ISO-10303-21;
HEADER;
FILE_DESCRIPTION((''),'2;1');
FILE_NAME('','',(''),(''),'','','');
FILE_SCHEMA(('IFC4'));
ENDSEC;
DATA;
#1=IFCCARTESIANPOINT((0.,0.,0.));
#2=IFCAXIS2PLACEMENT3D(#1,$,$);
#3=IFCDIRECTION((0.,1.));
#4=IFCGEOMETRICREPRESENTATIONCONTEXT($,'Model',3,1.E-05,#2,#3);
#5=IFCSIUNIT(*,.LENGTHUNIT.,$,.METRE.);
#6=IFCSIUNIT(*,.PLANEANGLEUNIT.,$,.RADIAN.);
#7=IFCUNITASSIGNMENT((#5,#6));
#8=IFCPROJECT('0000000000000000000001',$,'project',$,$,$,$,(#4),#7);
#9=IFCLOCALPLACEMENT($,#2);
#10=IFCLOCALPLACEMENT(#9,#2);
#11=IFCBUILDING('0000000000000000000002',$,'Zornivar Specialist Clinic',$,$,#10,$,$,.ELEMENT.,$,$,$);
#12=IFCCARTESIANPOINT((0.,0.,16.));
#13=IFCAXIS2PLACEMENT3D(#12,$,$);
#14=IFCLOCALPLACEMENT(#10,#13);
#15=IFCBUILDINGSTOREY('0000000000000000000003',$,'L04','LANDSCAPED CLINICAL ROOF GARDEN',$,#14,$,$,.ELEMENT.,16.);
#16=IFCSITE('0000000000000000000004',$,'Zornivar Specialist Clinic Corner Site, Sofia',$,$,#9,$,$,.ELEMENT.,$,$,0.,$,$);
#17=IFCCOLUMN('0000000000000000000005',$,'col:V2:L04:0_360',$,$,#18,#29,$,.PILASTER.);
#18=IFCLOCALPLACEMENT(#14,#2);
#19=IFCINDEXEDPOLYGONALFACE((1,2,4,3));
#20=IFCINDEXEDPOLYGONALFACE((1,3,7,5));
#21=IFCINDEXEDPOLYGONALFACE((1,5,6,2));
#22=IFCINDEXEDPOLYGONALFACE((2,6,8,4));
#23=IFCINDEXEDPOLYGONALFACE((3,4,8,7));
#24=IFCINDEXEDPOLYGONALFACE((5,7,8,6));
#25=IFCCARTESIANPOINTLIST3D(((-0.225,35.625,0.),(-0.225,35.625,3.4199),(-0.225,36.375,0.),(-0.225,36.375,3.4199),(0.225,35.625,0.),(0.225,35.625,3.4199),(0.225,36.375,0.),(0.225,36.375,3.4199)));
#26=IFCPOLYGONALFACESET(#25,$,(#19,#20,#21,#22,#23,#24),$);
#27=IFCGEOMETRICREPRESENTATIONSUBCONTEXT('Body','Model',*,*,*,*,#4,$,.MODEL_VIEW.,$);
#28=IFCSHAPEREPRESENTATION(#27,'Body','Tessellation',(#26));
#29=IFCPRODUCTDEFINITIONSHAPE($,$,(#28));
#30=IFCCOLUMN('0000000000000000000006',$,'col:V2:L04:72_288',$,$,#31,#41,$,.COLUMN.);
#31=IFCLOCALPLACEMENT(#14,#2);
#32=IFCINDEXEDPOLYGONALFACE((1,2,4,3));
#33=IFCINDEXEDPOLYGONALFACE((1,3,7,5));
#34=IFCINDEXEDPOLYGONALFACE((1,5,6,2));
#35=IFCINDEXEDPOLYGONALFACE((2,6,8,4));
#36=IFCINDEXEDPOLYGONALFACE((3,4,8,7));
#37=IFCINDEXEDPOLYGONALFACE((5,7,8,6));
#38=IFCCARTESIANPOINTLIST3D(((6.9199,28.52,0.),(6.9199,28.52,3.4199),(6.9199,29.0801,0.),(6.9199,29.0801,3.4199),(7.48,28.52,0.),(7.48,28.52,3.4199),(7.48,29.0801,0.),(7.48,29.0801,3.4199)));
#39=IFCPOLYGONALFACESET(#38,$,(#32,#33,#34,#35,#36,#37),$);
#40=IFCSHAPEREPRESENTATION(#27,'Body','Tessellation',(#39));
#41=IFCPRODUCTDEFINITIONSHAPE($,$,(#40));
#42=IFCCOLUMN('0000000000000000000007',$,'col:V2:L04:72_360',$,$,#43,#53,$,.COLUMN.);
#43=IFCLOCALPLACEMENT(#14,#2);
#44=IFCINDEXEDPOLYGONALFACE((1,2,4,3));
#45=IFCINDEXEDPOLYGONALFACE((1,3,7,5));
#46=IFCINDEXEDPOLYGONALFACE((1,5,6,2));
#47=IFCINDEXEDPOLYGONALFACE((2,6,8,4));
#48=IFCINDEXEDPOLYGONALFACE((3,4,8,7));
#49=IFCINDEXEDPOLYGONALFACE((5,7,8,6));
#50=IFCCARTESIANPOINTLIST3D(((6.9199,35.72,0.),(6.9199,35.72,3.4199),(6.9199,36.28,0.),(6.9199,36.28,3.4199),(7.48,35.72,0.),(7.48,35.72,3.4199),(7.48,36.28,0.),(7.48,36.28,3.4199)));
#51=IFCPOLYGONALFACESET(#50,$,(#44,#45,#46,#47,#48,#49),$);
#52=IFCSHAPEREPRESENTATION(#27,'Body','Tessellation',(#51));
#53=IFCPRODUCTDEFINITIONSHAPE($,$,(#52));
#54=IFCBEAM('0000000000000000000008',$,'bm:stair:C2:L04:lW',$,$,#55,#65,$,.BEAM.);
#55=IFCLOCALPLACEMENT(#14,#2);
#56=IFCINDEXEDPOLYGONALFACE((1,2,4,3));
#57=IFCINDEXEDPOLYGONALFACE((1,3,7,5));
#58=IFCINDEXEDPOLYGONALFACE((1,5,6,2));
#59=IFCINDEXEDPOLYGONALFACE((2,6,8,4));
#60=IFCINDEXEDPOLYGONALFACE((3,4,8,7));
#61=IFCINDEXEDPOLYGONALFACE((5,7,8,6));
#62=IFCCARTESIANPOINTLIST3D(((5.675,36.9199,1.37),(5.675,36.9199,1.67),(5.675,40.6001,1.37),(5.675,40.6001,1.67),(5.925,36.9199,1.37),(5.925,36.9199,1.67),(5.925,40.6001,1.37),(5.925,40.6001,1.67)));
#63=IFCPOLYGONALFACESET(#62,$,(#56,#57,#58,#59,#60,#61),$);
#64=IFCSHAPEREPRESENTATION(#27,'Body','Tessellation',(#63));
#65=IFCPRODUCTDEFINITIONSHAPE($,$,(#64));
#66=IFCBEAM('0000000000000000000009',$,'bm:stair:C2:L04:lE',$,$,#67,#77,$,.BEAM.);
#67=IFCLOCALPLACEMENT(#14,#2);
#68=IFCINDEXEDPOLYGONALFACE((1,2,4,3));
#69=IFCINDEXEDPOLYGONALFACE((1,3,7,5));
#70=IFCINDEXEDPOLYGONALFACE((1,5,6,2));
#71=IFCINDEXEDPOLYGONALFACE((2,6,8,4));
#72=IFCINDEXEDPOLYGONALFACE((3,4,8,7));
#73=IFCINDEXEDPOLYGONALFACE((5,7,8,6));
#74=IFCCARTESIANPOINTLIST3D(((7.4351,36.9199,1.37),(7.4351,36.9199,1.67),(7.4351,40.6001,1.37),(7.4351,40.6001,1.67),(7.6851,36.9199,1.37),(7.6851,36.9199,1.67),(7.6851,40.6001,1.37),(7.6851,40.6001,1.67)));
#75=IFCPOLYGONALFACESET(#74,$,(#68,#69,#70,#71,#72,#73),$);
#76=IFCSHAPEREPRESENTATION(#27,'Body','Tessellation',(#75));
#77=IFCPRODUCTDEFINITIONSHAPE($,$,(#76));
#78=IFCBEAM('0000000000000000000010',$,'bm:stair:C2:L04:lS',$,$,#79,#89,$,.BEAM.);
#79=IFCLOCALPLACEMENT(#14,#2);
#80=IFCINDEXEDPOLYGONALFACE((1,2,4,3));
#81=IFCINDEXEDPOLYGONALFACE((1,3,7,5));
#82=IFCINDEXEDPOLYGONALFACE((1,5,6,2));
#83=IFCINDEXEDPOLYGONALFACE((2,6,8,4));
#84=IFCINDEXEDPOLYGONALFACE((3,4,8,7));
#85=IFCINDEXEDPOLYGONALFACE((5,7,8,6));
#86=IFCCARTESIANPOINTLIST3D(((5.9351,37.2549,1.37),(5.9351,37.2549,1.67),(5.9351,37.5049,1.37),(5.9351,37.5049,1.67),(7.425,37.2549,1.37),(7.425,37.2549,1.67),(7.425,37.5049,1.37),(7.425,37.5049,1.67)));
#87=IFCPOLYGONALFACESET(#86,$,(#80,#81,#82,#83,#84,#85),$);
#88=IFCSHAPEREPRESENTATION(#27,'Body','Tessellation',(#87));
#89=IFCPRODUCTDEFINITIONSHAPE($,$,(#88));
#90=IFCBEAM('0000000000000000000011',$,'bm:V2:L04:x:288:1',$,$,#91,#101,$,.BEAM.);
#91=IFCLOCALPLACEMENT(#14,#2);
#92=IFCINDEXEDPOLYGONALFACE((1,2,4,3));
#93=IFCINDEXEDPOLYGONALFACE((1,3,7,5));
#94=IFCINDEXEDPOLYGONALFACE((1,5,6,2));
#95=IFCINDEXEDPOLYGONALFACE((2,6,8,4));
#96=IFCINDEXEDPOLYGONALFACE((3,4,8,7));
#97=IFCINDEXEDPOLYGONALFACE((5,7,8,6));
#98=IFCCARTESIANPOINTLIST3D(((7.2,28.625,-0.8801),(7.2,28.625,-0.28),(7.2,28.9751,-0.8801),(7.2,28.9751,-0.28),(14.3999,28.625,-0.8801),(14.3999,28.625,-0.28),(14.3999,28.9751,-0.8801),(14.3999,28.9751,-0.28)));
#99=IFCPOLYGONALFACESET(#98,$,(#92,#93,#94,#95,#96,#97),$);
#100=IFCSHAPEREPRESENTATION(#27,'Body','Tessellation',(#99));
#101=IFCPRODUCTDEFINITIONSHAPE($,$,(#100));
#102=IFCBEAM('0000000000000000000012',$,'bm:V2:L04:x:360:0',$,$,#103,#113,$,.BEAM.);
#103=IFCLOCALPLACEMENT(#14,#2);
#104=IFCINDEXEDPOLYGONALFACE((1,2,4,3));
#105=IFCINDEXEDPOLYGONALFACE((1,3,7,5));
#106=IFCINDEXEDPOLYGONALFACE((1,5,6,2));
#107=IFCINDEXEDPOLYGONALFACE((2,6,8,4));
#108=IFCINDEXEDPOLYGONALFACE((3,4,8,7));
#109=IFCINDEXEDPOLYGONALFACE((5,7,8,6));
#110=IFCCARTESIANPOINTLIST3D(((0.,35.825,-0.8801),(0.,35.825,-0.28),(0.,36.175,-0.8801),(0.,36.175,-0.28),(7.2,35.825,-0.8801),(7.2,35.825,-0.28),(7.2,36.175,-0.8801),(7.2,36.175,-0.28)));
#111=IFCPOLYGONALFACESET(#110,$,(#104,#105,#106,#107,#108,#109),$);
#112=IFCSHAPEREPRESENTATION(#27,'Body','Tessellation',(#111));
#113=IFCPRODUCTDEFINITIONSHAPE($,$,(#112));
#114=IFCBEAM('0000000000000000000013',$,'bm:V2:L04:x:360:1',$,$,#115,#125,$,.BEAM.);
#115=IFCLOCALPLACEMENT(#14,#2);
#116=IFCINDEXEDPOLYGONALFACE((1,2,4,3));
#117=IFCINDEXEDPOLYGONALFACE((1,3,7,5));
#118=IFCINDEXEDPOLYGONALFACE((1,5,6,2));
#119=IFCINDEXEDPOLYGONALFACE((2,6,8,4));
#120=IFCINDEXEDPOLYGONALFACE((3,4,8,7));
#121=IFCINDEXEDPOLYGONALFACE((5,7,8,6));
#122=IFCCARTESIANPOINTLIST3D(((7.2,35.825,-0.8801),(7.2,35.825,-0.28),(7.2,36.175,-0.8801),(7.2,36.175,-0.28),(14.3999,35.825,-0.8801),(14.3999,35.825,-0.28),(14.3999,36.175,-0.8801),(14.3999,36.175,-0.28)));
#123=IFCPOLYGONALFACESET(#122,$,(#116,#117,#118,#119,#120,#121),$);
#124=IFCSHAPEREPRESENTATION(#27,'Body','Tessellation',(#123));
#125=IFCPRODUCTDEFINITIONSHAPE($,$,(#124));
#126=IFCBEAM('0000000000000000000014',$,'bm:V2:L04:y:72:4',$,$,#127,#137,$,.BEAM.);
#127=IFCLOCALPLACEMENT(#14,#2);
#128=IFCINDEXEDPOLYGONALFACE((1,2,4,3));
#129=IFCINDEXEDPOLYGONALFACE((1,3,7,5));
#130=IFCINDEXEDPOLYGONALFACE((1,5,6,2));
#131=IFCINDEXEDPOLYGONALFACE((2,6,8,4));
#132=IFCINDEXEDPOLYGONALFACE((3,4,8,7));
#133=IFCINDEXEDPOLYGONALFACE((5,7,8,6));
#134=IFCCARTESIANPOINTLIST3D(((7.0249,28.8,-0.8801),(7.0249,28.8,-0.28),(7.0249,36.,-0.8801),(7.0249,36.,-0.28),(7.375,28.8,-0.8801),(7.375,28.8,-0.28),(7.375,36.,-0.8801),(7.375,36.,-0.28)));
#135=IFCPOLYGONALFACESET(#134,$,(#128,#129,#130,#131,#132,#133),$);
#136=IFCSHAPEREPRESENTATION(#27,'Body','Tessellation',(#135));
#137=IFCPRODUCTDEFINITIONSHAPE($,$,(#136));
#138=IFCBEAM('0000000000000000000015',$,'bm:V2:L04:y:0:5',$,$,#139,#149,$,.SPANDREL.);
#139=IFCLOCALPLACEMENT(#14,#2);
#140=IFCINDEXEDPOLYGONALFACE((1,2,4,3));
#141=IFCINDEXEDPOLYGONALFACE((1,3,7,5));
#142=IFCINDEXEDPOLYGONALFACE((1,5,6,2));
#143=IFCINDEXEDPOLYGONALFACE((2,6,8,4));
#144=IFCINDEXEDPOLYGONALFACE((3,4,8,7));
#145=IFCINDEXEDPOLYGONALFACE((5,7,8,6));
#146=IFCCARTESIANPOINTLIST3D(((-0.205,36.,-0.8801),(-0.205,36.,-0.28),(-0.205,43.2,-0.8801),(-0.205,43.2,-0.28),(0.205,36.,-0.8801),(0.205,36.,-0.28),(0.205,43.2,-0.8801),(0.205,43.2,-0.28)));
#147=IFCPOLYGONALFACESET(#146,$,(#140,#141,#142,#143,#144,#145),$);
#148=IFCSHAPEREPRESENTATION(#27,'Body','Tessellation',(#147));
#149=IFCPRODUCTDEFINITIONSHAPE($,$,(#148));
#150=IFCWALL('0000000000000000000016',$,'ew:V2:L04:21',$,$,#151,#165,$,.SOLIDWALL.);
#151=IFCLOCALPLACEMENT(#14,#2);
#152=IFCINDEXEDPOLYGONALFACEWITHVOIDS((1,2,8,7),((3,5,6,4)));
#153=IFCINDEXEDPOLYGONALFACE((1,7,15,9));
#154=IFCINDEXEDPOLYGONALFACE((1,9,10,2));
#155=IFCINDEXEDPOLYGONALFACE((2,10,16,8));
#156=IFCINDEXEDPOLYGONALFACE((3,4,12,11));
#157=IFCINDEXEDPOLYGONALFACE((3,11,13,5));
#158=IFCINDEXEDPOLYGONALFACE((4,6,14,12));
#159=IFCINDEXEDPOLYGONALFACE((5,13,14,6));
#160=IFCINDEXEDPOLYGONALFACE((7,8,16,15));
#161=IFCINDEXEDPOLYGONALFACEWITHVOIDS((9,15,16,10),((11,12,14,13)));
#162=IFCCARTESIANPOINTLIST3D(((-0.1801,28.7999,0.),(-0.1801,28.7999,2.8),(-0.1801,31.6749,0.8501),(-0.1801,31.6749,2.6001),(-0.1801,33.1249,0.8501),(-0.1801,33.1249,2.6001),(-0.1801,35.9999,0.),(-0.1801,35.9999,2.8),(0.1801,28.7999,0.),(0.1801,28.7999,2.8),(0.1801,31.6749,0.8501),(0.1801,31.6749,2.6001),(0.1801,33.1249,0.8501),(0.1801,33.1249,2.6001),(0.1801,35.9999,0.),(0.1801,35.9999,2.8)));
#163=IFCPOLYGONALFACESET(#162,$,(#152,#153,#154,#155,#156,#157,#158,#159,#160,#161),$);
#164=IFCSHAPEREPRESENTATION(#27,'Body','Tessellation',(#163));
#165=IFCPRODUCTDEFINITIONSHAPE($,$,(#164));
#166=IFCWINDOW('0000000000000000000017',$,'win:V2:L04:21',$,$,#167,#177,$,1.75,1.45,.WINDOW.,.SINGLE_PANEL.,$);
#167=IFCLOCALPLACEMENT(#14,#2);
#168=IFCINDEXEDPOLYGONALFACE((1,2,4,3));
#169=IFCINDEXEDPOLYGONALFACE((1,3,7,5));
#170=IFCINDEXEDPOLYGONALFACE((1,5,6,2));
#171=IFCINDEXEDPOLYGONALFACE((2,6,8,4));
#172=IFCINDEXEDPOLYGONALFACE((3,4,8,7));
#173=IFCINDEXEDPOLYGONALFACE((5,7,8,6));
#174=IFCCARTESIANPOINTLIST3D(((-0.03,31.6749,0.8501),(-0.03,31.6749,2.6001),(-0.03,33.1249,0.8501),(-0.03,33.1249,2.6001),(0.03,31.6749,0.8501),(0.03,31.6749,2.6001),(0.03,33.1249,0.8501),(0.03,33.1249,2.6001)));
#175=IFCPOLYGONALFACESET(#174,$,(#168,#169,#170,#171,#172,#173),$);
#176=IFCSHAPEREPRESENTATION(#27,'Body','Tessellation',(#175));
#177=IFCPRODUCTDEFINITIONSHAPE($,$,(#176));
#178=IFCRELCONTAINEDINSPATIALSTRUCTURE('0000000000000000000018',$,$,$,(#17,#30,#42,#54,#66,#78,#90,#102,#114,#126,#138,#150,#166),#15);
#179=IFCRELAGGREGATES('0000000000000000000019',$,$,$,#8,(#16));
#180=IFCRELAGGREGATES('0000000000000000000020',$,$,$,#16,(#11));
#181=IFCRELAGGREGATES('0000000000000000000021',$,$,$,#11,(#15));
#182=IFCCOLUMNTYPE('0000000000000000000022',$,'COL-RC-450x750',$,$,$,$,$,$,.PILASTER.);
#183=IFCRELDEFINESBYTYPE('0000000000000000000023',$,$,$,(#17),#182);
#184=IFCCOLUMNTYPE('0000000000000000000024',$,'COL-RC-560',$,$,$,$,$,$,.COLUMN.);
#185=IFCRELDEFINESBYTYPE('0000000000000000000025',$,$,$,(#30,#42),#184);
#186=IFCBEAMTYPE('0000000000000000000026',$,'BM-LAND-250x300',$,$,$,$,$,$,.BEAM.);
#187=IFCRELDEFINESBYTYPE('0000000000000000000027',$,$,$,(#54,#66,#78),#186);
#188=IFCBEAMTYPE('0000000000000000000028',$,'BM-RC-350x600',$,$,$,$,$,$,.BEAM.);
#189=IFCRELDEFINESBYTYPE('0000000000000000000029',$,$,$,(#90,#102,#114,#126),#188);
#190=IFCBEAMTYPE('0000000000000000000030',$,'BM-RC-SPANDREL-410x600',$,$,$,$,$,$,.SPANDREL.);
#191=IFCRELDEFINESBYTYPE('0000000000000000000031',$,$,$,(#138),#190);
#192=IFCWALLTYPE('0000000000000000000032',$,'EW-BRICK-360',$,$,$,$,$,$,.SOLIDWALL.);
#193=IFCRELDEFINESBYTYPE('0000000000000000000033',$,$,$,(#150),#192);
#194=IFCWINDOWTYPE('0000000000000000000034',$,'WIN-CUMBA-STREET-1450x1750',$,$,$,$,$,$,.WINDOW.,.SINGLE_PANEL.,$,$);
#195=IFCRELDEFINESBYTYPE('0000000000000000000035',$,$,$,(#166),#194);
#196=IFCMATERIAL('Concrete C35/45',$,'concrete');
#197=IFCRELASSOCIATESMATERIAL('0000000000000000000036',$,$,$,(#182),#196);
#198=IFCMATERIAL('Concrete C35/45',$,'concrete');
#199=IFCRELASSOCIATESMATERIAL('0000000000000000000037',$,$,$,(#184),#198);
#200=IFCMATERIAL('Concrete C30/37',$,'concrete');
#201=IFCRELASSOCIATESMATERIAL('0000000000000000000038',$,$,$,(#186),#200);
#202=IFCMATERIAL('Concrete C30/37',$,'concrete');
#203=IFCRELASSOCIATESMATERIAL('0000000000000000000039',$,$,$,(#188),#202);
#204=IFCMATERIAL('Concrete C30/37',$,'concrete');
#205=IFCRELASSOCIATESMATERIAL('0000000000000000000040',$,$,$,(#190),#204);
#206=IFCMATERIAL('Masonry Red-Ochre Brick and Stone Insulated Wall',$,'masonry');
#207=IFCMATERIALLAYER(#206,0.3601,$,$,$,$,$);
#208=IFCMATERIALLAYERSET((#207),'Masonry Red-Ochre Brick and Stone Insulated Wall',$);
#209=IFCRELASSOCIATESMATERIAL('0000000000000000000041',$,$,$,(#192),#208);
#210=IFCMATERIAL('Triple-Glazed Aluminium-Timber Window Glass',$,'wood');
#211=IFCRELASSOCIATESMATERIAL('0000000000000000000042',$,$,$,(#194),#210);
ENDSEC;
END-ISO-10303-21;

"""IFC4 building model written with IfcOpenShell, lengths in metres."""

from ifc_helpers import new_model, si_unit, direction, frame, frame_2d, origin, origin_2d, place, context, subcontext, project, spatial, rectangle, extrude, material, layer, layer_set, material_profile, profile_set, type_object, element, fill, save


model = new_model("IFC4")

# Units and contexts
model_context = context("Model", 3, precision=1e-05, world=origin(), true_north=direction((0.0, 1.0)))
body_context = subcontext(model_context, "Body", "Model", "MODEL_VIEW")
ifc_project = project(units=[si_unit("LENGTHUNIT", "METRE"), si_unit("PLANEANGLEUNIT", "RADIAN")], contexts=[model_context])

# Site, building, storey
site_placement = place(None, origin())
site = spatial("IfcSite", under=ifc_project, at=site_placement, Name="Zornivar Specialist Clinic Corner Site, Sofia", CompositionType="ELEMENT", RefElevation=0.0)
building_placement = place(site_placement, origin())
building = spatial("IfcBuilding", under=site, at=building_placement, Name="Zornivar Specialist Clinic", CompositionType="ELEMENT")
storey_placement = place(building_placement, frame((0.0, 0.0, 16.0)))
storey = spatial("IfcBuildingStorey", under=building, at=storey_placement, Name="L04", Description="LANDSCAPED CLINICAL ROOF GARDEN", CompositionType="ELEMENT", Elevation=16.0)

# Columns
ifc_material_1 = material(Name="Concrete C35/45", Category="concrete")
ifc_material_profile_1 = material_profile(ifc_material_1, rectangle(XDim=0.45, YDim=0.75, at=origin_2d()), Name="RC 450x750")
ifc_profile_set_1 = profile_set([ifc_material_profile_1], Name="Concrete C35/45")
column_type_1 = type_object("IfcColumnType", Name="COL-RC-450x750", PredefinedType="PILASTER", material=ifc_profile_set_1)
column_placement = place(storey_placement, frame((0.0, 36.0, 0.0), z_axis=(0.0, 0.0, 1.0), x_axis=(1.0, 0.0, 0.0)))
element("IfcColumn", 1, at=column_placement, inside=storey, type_object=column_type_1, Name="col:V2:L04:0_360", PredefinedType="PILASTER", context=body_context, shape_type="SweptSolid", body=[
    extrude(rectangle(XDim=0.45, YDim=0.75, at=origin_2d()), origin(), (0.0, 0.0, 1.0), 3.4199),
])
ifc_material_2 = material(Name="Concrete C35/45", Category="concrete")
ifc_material_profile_2 = material_profile(ifc_material_2, rectangle(XDim=0.5601, YDim=0.5601, at=origin_2d()), Name="RC 560x560")
ifc_profile_set_2 = profile_set([ifc_material_profile_2], Name="Concrete C35/45")
column_type_2 = type_object("IfcColumnType", Name="COL-RC-560", PredefinedType="COLUMN", material=ifc_profile_set_2)
for number, where, z_axis, x_axis, name in (
    (2, (7.2, 28.8, 0.0), (0.0, 0.0, 1.0), (1.0, 0.0, 0.0), "col:V2:L04:72_288"),
    (3, (7.2, 36.0, 0.0), (0.0, 0.0, 1.0), (1.0, 0.0, 0.0), "col:V2:L04:72_360"),
):
    element("IfcColumn", number, at=place(storey_placement, frame(where, z_axis=z_axis, x_axis=x_axis)), inside=storey, type_object=column_type_2, Name=name, PredefinedType="COLUMN", context=body_context, shape_type="SweptSolid", body=[
        extrude(rectangle(XDim=0.5601, YDim=0.5601, at=origin_2d()), origin(), (0.0, 0.0, 1.0), 3.4199),
    ])

# Beams
ifc_material_3 = material(Name="Concrete C30/37", Category="concrete")
ifc_material_profile_3 = material_profile(ifc_material_3, rectangle(XDim=0.25, YDim=0.3, at=origin_2d()), Name="RC 250x300")
ifc_profile_set_3 = profile_set([ifc_material_profile_3], Name="Concrete C30/37")
beam_type_1 = type_object("IfcBeamType", Name="BM-LAND-250x300", PredefinedType="BEAM", material=ifc_profile_set_3)
for number, where, z_axis, x_axis, name in (
    (4, (5.8, 36.9199, 1.52), (0.0, 1.0, 0.0), (-1.0, 0.0, 0.0), "bm:stair:C2:L04:lW"),
    (5, (7.5601, 36.9199, 1.52), (0.0, 1.0, 0.0), (-1.0, 0.0, 0.0), "bm:stair:C2:L04:lE"),
):
    element("IfcBeam", number, at=place(storey_placement, frame(where, z_axis=z_axis, x_axis=x_axis)), inside=storey, type_object=beam_type_1, Name=name, PredefinedType="BEAM", context=body_context, shape_type="SweptSolid", body=[
        extrude(rectangle(XDim=0.25, YDim=0.3, at=origin_2d()), origin(), (0.0, 0.0, 1.0), 3.6802),
    ])
beam_1_placement = place(storey_placement, frame((5.9351, 37.3799, 1.52), z_axis=(1.0, 0.0, 0.0), x_axis=(0.0, 1.0, 0.0)))
element("IfcBeam", 6, at=beam_1_placement, inside=storey, type_object=beam_type_1, Name="bm:stair:C2:L04:lS", PredefinedType="BEAM", context=body_context, shape_type="SweptSolid", body=[
    extrude(rectangle(XDim=0.25, YDim=0.3, at=origin_2d()), origin(), (0.0, 0.0, 1.0), 1.49),
])
ifc_material_4 = material(Name="Concrete C30/37", Category="concrete")
ifc_material_profile_4 = material_profile(ifc_material_4, rectangle(XDim=0.3501, YDim=0.6001, at=origin_2d()), Name="RC 350x600")
ifc_profile_set_4 = profile_set([ifc_material_profile_4], Name="Concrete C30/37")
beam_type_2 = type_object("IfcBeamType", Name="BM-RC-350x600", PredefinedType="BEAM", material=ifc_profile_set_4)
for number, where, z_axis, x_axis, name in (
    (7, (7.2, 28.8, -0.5801), (1.0, 0.0, 0.0), (0.0, 1.0, 0.0), "bm:V2:L04:x:288:1"),
    (8, (0.0, 36.0, -0.5801), (1.0, 0.0, 0.0), (0.0, 1.0, 0.0), "bm:V2:L04:x:360:0"),
    (9, (7.2, 36.0, -0.5801), (1.0, 0.0, 0.0), (0.0, 1.0, 0.0), "bm:V2:L04:x:360:1"),
    (10, (7.2, 28.8, -0.5801), (0.0, 1.0, 0.0), (-1.0, 0.0, 0.0), "bm:V2:L04:y:72:4"),
):
    element("IfcBeam", number, at=place(storey_placement, frame(where, z_axis=z_axis, x_axis=x_axis)), inside=storey, type_object=beam_type_2, Name=name, PredefinedType="BEAM", context=body_context, shape_type="SweptSolid", body=[
        extrude(rectangle(XDim=0.3501, YDim=0.6001, at=origin_2d()), origin(), (0.0, 0.0, 1.0), 7.2),
    ])
ifc_material_5 = material(Name="Concrete C30/37", Category="concrete")
ifc_material_profile_5 = material_profile(ifc_material_5, rectangle(XDim=0.4099, YDim=0.6001, at=origin_2d()), Name="RC 410x600")
ifc_profile_set_5 = profile_set([ifc_material_profile_5], Name="Concrete C30/37")
beam_type_3 = type_object("IfcBeamType", Name="BM-RC-SPANDREL-410x600", PredefinedType="SPANDREL", material=ifc_profile_set_5)
beam_2_placement = place(storey_placement, frame((0.0, 36.0, -0.5801), z_axis=(0.0, 1.0, 0.0), x_axis=(-1.0, 0.0, 0.0)))
element("IfcBeam", 11, at=beam_2_placement, inside=storey, type_object=beam_type_3, Name="bm:V2:L04:y:0:5", PredefinedType="SPANDREL", context=body_context, shape_type="SweptSolid", body=[
    extrude(rectangle(XDim=0.4099, YDim=0.6001, at=origin_2d()), origin(), (0.0, 0.0, 1.0), 7.2),
])

# Wall, opening, window
ifc_material_6 = material(Name="Masonry Red-Ochre Brick and Stone Insulated Wall", Category="masonry")
ifc_layer_1 = layer(ifc_material_6, 0.3601)
ifc_layer_set_1 = layer_set([ifc_layer_1], Name="Masonry Red-Ochre Brick and Stone Insulated Wall")
wall_type_1 = type_object("IfcWallType", Name="EW-BRICK-360", PredefinedType="SOLIDWALL", material=ifc_layer_set_1)
wall_1_placement = place(storey_placement, frame((0.0, 36.0, 0.0), z_axis=(0.0, 0.0, 1.0), x_axis=(0.0, -1.0, 0.0)))
wall_1 = element("IfcWall", 12, at=wall_1_placement, inside=storey, type_object=wall_type_1, Name="ew:V2:L04:21", PredefinedType="SOLIDWALL", context=body_context, shape_type="SweptSolid", body=[
    extrude(rectangle(XDim=7.2, YDim=0.3601, at=frame_2d((3.6001, 0.0))), origin(), (0.0, 0.0, 1.0), 2.8),
])
opening_1_placement = place(wall_1_placement, frame((2.875, 0.0, 0.8501)))
opening_1 = element("IfcOpeningElement", 13, at=opening_1_placement, cuts=wall_1, PredefinedType="OPENING", context=body_context, shape_type="SweptSolid", body=[
    extrude(rectangle(XDim=1.45, YDim=1.75, at=frame_2d((0.7251, 0.875))), frame((0.0, 0.1899, 0.0), z_axis=(0.0, -1.0, 0.0), x_axis=(1.0, 0.0, 0.0)), (0.0, 0.0, 1.0), 0.3801),
])
ifc_material_7 = material(Name="Triple-Glazed Aluminium-Timber Window Glass", Category="wood")
window_type = type_object("IfcWindowType", Name="WIN-CUMBA-STREET-1450x1750", PartitioningType="SINGLE_PANEL", PredefinedType="WINDOW", material=ifc_material_7)
window_1_placement = place(opening_1_placement, origin())
window_1 = element("IfcWindow", 14, at=window_1_placement, inside=storey, type_object=window_type, Name="win:V2:L04:21", OverallHeight=1.75, OverallWidth=1.45, PartitioningType="SINGLE_PANEL", PredefinedType="WINDOW", context=body_context, shape_type="SweptSolid", body=[
    extrude(rectangle(XDim=1.45, YDim=1.75, at=frame_2d((0.7251, 0.875))), frame((0.0, 0.03, 0.0), z_axis=(0.0, -1.0, 0.0), x_axis=(1.0, 0.0, 0.0)), (0.0, 0.0, 1.0), 0.0601),
])
fill(opening_1, window_1)

save(model, "model.ifc")
